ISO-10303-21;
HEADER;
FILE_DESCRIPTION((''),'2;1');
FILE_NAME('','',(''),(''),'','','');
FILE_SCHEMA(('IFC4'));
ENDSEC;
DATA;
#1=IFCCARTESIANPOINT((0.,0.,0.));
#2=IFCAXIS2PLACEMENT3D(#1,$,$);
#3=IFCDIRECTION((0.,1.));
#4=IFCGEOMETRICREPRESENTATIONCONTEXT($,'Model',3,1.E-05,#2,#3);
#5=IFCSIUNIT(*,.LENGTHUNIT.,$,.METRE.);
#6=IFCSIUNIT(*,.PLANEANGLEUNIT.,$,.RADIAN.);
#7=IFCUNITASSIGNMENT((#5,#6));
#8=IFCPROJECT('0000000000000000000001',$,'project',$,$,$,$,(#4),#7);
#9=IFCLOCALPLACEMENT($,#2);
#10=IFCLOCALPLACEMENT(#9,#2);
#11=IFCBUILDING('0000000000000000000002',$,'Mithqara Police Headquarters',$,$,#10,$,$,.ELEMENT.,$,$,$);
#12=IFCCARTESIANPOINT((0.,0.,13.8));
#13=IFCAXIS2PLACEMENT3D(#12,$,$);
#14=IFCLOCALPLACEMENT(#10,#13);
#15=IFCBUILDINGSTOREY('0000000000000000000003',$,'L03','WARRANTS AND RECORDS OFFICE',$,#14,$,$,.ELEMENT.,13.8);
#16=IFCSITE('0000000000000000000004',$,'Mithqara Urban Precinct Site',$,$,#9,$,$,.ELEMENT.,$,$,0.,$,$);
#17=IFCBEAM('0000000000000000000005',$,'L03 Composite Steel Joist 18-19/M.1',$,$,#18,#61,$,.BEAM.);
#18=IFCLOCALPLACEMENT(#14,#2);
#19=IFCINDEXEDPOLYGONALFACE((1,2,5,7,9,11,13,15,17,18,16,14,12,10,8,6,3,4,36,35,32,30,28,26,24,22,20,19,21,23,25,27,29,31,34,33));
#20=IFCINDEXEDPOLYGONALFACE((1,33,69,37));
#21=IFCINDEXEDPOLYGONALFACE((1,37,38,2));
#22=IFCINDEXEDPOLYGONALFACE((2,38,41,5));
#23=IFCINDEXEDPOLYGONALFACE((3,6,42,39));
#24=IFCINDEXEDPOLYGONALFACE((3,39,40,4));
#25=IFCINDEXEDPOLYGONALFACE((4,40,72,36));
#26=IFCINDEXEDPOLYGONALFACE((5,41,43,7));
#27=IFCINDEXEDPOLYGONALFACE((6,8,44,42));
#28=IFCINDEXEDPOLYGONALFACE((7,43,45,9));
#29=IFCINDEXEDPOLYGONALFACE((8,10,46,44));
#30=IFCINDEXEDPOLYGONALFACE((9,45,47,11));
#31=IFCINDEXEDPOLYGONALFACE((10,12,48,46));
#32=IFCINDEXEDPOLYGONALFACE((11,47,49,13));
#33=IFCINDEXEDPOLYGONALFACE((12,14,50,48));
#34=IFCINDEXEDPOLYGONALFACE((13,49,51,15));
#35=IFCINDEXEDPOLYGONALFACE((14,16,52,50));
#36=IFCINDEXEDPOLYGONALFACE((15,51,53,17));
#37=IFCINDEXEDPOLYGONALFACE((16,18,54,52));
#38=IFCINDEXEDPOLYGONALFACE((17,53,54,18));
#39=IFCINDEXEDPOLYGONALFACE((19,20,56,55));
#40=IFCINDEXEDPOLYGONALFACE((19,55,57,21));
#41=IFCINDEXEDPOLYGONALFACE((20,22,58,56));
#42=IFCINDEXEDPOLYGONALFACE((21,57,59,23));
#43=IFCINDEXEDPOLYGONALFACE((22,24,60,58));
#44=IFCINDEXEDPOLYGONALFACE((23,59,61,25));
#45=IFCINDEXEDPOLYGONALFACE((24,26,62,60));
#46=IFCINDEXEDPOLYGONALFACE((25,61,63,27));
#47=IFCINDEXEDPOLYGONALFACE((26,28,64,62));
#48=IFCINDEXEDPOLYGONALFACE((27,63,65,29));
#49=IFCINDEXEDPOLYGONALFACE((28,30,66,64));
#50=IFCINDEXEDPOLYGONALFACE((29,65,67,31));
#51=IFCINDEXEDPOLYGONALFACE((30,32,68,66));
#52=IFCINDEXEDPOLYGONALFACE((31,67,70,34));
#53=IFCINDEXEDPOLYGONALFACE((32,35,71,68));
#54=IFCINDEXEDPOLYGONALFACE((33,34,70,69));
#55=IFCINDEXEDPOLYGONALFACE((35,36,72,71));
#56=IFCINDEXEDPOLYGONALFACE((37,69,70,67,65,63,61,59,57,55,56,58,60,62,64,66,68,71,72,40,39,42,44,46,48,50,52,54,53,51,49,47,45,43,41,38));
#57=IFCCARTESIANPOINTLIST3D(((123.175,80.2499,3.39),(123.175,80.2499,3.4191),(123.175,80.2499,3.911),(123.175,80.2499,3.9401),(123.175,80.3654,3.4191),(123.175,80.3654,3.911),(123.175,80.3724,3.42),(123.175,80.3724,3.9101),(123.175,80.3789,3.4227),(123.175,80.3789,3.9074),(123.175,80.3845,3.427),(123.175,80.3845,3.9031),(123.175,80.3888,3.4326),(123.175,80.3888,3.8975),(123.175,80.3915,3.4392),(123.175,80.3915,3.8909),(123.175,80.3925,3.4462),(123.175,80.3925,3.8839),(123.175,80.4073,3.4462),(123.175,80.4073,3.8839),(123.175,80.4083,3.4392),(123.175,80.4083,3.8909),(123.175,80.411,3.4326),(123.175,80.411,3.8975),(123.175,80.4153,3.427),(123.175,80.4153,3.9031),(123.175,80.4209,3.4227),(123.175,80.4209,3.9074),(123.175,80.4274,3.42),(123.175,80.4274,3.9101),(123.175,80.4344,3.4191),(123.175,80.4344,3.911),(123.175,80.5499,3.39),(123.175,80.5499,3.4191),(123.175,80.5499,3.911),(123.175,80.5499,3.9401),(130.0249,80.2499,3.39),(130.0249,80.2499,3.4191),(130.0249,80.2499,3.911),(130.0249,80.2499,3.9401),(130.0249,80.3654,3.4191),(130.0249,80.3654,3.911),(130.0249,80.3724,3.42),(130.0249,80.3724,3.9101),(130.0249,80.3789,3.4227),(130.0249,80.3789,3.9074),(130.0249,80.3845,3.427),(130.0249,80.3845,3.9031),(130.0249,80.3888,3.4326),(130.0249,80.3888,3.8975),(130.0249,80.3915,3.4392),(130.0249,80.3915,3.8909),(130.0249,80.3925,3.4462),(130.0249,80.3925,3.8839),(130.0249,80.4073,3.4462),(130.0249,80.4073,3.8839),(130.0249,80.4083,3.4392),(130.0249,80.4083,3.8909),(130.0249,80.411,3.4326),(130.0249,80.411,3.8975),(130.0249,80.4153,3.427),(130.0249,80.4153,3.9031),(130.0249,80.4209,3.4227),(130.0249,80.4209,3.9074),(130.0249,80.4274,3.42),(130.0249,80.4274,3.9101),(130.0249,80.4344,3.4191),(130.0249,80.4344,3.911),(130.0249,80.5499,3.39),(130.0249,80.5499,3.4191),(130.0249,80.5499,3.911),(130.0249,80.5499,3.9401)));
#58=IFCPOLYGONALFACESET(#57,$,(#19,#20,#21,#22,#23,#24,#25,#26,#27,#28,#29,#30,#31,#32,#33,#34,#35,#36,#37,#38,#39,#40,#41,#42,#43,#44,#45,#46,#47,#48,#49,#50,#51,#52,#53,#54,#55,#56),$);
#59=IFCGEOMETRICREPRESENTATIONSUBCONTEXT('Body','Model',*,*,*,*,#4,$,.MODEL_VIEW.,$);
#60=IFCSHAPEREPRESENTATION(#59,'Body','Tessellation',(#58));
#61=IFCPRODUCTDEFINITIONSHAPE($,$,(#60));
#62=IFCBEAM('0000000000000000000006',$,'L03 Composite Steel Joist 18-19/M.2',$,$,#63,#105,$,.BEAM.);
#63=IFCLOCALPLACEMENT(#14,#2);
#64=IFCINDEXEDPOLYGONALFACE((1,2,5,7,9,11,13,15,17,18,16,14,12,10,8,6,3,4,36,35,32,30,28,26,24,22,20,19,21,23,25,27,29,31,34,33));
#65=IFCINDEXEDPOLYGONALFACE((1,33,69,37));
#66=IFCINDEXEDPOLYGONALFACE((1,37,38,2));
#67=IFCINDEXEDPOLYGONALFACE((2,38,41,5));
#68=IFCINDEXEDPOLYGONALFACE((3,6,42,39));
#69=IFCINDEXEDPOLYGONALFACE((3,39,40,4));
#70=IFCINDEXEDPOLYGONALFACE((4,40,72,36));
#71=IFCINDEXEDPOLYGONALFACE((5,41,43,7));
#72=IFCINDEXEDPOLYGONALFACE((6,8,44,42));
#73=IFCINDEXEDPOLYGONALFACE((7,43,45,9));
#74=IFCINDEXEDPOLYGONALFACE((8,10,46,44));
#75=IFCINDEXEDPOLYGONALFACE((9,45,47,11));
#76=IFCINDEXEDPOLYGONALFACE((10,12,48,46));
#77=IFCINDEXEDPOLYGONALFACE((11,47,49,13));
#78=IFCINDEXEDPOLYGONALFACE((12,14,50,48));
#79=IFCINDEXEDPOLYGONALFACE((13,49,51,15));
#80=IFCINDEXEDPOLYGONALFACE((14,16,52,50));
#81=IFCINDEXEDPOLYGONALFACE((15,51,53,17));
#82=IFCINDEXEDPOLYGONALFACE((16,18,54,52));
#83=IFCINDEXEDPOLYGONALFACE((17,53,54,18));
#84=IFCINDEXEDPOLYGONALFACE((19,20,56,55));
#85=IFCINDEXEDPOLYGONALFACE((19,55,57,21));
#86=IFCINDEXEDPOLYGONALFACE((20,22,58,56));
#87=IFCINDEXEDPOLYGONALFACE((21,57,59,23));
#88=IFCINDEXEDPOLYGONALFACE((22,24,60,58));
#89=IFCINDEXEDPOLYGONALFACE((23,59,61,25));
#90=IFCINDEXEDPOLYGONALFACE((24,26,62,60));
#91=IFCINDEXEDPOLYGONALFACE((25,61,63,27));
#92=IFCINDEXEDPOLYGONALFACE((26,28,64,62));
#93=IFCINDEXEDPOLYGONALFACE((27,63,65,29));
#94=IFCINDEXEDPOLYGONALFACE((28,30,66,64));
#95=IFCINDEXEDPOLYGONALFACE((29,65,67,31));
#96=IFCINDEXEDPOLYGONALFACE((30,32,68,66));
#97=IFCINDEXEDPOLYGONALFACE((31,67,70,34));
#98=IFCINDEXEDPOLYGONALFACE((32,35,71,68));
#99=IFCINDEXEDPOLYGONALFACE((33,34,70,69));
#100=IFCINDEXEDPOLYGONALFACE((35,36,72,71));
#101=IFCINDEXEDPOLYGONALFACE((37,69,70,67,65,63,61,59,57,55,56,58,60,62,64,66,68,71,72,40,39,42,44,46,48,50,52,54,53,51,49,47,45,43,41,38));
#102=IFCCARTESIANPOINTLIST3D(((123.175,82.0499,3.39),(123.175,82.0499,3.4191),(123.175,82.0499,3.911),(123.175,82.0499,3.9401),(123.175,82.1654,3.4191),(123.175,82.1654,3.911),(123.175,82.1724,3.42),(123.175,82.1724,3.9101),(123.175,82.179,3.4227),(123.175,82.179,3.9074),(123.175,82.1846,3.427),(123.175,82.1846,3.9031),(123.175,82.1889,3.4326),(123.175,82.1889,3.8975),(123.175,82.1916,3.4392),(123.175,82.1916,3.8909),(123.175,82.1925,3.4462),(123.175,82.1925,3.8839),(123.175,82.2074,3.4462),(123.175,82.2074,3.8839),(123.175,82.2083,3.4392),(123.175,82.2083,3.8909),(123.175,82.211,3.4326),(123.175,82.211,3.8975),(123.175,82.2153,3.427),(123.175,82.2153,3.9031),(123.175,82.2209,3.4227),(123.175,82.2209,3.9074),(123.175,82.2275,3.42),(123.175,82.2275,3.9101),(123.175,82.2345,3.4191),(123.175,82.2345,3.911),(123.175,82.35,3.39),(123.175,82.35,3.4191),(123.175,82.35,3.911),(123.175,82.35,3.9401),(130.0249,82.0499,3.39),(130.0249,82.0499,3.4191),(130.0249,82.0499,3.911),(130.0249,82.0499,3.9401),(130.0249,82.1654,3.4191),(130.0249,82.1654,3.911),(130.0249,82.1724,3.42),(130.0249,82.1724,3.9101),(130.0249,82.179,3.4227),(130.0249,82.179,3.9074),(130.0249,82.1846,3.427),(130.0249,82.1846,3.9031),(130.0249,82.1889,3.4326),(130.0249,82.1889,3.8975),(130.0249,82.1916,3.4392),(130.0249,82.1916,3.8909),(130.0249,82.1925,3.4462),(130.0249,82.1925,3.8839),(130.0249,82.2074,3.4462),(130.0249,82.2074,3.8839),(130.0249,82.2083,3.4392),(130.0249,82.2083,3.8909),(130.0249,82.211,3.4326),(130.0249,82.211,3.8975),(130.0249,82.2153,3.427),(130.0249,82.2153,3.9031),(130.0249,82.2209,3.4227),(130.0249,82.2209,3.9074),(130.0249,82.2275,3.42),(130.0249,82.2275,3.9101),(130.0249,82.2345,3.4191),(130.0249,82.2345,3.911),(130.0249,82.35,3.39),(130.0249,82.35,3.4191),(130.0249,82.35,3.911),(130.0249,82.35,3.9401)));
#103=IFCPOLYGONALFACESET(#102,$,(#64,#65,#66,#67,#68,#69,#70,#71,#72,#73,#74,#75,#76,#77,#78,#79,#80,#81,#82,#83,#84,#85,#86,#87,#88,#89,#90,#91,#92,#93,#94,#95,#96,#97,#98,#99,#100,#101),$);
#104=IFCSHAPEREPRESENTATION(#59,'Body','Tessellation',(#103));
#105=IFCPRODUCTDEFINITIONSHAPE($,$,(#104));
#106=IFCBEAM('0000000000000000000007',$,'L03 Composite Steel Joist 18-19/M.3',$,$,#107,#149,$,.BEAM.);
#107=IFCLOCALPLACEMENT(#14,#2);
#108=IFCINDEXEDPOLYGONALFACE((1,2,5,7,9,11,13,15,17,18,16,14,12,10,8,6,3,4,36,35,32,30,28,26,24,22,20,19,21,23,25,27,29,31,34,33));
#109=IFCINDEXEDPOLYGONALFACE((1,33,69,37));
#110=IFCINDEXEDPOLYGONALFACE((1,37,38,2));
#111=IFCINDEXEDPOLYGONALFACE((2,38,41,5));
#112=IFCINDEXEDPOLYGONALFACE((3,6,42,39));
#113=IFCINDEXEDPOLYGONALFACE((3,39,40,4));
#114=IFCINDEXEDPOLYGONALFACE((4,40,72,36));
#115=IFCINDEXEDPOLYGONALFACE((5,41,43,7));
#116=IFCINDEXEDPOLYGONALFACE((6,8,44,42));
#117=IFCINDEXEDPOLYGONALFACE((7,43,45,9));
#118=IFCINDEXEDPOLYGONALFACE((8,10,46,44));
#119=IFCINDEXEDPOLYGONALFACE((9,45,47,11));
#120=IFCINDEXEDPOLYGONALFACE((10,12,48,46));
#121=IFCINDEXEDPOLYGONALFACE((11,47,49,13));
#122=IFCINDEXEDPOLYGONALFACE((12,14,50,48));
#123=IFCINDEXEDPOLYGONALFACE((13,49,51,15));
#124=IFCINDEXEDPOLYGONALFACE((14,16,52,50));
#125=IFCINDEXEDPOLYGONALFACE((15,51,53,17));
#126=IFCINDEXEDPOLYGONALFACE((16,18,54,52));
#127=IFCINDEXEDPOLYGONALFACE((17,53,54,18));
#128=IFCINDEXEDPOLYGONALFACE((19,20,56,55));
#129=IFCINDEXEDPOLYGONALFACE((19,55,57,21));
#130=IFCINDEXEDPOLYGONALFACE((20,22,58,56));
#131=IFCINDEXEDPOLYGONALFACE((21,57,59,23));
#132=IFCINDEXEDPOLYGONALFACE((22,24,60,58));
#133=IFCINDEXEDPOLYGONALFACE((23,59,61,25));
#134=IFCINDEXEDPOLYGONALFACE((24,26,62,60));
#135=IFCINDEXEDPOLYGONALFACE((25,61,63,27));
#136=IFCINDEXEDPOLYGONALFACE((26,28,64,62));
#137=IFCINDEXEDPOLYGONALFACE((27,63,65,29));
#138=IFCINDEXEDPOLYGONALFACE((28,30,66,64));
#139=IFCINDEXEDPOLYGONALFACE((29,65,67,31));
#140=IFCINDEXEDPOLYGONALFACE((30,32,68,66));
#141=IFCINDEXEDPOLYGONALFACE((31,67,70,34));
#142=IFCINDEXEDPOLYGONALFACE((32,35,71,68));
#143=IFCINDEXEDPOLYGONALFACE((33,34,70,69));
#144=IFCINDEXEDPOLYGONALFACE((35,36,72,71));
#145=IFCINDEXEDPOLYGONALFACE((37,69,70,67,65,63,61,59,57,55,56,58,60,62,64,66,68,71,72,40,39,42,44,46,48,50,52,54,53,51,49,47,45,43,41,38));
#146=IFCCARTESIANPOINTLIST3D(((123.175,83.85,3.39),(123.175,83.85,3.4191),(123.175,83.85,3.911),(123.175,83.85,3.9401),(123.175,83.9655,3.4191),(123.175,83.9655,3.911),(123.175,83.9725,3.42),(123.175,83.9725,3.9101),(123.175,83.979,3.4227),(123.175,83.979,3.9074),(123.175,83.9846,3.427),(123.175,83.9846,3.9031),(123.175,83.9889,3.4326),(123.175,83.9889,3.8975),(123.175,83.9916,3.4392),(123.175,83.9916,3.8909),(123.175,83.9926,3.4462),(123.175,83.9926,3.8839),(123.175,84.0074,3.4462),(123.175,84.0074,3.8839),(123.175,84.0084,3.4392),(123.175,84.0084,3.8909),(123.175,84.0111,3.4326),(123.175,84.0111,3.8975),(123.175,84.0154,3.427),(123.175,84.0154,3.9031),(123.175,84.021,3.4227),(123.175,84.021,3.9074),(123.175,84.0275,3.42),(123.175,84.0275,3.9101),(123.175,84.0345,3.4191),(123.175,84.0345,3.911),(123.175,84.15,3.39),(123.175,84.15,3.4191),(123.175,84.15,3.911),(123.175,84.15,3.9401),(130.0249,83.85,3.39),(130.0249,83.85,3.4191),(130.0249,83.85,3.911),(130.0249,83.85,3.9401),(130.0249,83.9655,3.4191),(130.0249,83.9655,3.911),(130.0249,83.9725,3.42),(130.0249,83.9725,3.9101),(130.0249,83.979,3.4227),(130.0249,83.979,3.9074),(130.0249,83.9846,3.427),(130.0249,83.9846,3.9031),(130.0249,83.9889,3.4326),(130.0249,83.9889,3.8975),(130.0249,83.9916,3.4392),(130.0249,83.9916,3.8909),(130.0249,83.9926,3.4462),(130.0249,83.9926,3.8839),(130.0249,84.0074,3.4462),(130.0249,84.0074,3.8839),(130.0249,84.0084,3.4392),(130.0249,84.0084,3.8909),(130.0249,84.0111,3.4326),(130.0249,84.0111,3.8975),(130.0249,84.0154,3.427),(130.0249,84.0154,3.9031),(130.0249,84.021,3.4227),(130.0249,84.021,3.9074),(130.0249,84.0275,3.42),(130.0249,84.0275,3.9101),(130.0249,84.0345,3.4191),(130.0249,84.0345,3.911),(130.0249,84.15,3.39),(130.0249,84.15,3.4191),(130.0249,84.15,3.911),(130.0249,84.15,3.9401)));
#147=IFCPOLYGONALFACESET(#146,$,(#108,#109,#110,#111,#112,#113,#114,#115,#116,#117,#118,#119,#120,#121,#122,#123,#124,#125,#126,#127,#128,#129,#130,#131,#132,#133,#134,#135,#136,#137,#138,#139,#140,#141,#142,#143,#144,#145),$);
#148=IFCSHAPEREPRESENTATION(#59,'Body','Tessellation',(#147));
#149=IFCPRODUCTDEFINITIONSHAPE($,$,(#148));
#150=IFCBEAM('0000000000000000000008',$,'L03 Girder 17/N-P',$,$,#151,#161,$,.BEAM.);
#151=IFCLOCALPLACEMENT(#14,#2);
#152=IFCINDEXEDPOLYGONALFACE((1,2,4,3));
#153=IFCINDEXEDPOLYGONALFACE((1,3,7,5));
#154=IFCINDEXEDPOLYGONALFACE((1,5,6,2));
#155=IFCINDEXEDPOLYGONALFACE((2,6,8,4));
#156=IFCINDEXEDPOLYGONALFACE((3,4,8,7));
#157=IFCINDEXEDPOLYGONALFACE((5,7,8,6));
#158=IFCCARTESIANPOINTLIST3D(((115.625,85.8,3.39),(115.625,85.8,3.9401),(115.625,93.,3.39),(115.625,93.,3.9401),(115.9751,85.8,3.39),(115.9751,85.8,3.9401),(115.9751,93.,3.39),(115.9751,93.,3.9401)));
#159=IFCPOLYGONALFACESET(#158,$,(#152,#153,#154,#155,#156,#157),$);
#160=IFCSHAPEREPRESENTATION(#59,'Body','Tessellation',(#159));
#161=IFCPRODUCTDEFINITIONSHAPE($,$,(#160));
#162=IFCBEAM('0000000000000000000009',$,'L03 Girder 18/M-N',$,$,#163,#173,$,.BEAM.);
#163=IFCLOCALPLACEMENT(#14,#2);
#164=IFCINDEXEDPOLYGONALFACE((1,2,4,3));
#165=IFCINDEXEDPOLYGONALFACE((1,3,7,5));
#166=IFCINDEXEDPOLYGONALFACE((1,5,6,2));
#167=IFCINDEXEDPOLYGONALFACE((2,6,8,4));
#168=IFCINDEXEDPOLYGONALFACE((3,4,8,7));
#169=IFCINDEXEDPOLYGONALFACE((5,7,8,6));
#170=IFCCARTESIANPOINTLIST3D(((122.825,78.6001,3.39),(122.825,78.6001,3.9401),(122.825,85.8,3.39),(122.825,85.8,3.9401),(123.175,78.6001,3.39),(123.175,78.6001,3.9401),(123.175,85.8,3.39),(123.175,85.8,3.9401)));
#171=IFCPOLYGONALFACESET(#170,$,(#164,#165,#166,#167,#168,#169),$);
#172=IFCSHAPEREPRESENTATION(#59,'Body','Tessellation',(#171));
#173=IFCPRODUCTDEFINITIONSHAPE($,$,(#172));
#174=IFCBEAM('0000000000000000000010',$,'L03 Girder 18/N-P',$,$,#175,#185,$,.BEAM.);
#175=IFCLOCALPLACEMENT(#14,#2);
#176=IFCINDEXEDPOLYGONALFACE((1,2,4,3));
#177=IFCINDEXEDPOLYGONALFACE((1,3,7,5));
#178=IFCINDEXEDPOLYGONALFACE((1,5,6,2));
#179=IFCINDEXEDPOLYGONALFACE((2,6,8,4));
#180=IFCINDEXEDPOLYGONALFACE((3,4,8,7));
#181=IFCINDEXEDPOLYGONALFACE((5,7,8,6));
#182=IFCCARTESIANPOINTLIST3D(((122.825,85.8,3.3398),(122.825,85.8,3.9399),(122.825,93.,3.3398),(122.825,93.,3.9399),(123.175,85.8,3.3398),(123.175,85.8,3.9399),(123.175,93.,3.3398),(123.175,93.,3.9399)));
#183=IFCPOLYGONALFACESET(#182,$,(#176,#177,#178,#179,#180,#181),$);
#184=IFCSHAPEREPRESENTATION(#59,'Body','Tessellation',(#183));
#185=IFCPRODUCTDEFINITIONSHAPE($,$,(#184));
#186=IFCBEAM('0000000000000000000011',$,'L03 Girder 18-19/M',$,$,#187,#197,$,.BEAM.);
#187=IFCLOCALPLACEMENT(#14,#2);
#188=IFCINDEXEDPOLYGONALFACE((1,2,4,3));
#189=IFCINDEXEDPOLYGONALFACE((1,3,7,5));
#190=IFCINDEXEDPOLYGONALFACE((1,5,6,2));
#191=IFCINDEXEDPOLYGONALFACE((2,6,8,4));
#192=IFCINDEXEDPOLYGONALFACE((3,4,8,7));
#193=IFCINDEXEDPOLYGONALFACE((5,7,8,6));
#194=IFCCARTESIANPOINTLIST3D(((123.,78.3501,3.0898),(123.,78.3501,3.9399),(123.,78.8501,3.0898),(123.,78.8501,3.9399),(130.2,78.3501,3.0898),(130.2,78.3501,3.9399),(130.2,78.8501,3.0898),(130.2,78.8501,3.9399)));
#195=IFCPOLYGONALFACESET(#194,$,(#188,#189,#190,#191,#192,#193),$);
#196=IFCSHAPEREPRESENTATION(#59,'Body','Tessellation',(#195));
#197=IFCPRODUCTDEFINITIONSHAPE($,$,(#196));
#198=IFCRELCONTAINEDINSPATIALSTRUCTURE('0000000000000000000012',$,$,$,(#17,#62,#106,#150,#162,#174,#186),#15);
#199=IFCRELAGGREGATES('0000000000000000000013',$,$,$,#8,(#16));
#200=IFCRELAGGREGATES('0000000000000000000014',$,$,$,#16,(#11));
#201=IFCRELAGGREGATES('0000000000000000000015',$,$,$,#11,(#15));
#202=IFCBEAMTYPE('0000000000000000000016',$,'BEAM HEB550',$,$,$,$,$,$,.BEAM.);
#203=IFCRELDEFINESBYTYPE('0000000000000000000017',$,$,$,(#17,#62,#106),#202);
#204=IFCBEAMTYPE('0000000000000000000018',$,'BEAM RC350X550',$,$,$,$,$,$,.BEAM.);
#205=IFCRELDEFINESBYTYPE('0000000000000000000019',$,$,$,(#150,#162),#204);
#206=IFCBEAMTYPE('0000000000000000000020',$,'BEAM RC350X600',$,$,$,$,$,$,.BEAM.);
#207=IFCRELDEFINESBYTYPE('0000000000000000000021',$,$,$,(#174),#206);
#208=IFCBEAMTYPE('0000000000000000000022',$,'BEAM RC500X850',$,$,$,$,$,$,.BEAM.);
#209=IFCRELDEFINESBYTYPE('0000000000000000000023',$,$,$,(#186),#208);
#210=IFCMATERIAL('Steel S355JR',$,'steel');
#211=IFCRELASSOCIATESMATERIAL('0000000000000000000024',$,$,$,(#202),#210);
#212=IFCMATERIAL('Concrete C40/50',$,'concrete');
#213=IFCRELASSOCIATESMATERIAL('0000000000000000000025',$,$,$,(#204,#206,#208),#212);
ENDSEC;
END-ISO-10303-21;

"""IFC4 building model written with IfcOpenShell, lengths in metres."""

from ifc_helpers import new_model, si_unit, direction, frame, origin, origin_2d, place, context, subcontext, project, spatial, rectangle, i_section, extrude, material, material_profile, profile_set, type_object, element, save


model = new_model("IFC4")

# Units and contexts
model_context = context("Model", 3, precision=1e-05, world=origin(), true_north=direction((0.0, 1.0)))
body_context = subcontext(model_context, "Body", "Model", "MODEL_VIEW")
ifc_project = project(units=[si_unit("LENGTHUNIT", "METRE"), si_unit("PLANEANGLEUNIT", "RADIAN")], contexts=[model_context])

# Site, building, storey
site_placement = place(None, origin())
site = spatial("IfcSite", under=ifc_project, at=site_placement, Name="Mithqara Urban Precinct Site", CompositionType="ELEMENT", RefElevation=0.0)
building_placement = place(site_placement, origin())
building = spatial("IfcBuilding", under=site, at=building_placement, Name="Mithqara Police Headquarters", CompositionType="ELEMENT")
storey_placement = place(building_placement, frame((0.0, 0.0, 13.8)))
storey = spatial("IfcBuildingStorey", under=building, at=storey_placement, Name="L03", Description="WARRANTS AND RECORDS OFFICE", CompositionType="ELEMENT", Elevation=13.8)

# Beams
ifc_material_1 = material(Name="Steel S355JR", Category="steel")
ifc_material_profile_1 = material_profile(ifc_material_1, i_section(OverallWidth=0.3, OverallDepth=0.55, WebThickness=0.0149, FlangeThickness=0.0291, FilletRadius=0.0271, at=origin_2d()), Name="HEB 550")
ifc_profile_set_1 = profile_set([ifc_material_profile_1], Name="Steel S355JR")
beam_type_1 = type_object("IfcBeamType", Name="BEAM HEB550", PredefinedType="BEAM", material=ifc_profile_set_1)
for number, where, z_axis, x_axis, name in (
    (1, (123.175, 80.3999, 3.665), (1.0, 0.0, 0.0), (0.0, 1.0, 0.0), "L03 Composite Steel Joist 18-19/M.1"),
    (2, (123.175, 82.2, 3.665), (1.0, 0.0, 0.0), (0.0, 1.0, 0.0), "L03 Composite Steel Joist 18-19/M.2"),
    (3, (123.175, 84.0, 3.665), (1.0, 0.0, 0.0), (0.0, 1.0, 0.0), "L03 Composite Steel Joist 18-19/M.3"),
):
    element("IfcBeam", number, at=place(storey_placement, frame(where, z_axis=z_axis, x_axis=x_axis)), inside=storey, type_object=beam_type_1, Name=name, PredefinedType="BEAM", context=body_context, shape_type="SweptSolid", body=[
        extrude(i_section(OverallWidth=0.3, OverallDepth=0.55, WebThickness=0.0149, FlangeThickness=0.0291, FilletRadius=0.0271, at=origin_2d()), origin(), (0.0, 0.0, 1.0), 6.8499),
    ])
ifc_material_2 = material(Name="Concrete C40/50", Category="concrete")
ifc_material_profile_2 = material_profile(ifc_material_2, rectangle(XDim=0.3501, YDim=0.55, at=origin_2d()), Name="RC 350x550")
ifc_profile_set_2 = profile_set([ifc_material_profile_2], Name="Concrete C40/50")
beam_type_2 = type_object("IfcBeamType", Name="BEAM RC350X550", PredefinedType="BEAM", material=ifc_profile_set_2)
for number, where, z_axis, x_axis, name in (
    (4, (115.8, 85.8, 3.665), (0.0, 1.0, 0.0), (-1.0, 0.0, 0.0), "L03 Girder 17/N-P"),
    (5, (123.0, 78.6001, 3.665), (0.0, 1.0, 0.0), (-1.0, 0.0, 0.0), "L03 Girder 18/M-N"),
):
    element("IfcBeam", number, at=place(storey_placement, frame(where, z_axis=z_axis, x_axis=x_axis)), inside=storey, type_object=beam_type_2, Name=name, PredefinedType="BEAM", context=body_context, shape_type="SweptSolid", body=[
        extrude(rectangle(XDim=0.3501, YDim=0.55, at=origin_2d()), origin(), (0.0, 0.0, 1.0), 7.2),
    ])
ifc_material_profile_3 = material_profile(ifc_material_2, rectangle(XDim=0.3501, YDim=0.6001, at=origin_2d()), Name="RC 350x600")
ifc_profile_set_3 = profile_set([ifc_material_profile_3], Name="Concrete C40/50")
beam_type_3 = type_object("IfcBeamType", Name="BEAM RC350X600", PredefinedType="BEAM", material=ifc_profile_set_3)
beam_1_placement = place(storey_placement, frame((123.0, 85.8, 3.6399), z_axis=(0.0, 1.0, 0.0), x_axis=(-1.0, 0.0, 0.0)))
element("IfcBeam", 6, at=beam_1_placement, inside=storey, type_object=beam_type_3, Name="L03 Girder 18/N-P", PredefinedType="BEAM", context=body_context, shape_type="SweptSolid", body=[
    extrude(rectangle(XDim=0.3501, YDim=0.6001, at=origin_2d()), origin(), (0.0, 0.0, 1.0), 7.2),
])
ifc_material_profile_4 = material_profile(ifc_material_2, rectangle(XDim=0.5, YDim=0.8501, at=origin_2d()), Name="RC 500x850")
ifc_profile_set_4 = profile_set([ifc_material_profile_4], Name="Concrete C40/50")
beam_type_4 = type_object("IfcBeamType", Name="BEAM RC500X850", PredefinedType="BEAM", material=ifc_profile_set_4)
beam_2_placement = place(storey_placement, frame((123.0, 78.6001, 3.5149), z_axis=(1.0, 0.0, 0.0), x_axis=(0.0, 1.0, 0.0)))
element("IfcBeam", 7, at=beam_2_placement, inside=storey, type_object=beam_type_4, Name="L03 Girder 18-19/M", PredefinedType="BEAM", context=body_context, shape_type="SweptSolid", body=[
    extrude(rectangle(XDim=0.5, YDim=0.8501, at=origin_2d()), origin(), (0.0, 0.0, 1.0), 7.2),
])

save(model, "model.ifc")
